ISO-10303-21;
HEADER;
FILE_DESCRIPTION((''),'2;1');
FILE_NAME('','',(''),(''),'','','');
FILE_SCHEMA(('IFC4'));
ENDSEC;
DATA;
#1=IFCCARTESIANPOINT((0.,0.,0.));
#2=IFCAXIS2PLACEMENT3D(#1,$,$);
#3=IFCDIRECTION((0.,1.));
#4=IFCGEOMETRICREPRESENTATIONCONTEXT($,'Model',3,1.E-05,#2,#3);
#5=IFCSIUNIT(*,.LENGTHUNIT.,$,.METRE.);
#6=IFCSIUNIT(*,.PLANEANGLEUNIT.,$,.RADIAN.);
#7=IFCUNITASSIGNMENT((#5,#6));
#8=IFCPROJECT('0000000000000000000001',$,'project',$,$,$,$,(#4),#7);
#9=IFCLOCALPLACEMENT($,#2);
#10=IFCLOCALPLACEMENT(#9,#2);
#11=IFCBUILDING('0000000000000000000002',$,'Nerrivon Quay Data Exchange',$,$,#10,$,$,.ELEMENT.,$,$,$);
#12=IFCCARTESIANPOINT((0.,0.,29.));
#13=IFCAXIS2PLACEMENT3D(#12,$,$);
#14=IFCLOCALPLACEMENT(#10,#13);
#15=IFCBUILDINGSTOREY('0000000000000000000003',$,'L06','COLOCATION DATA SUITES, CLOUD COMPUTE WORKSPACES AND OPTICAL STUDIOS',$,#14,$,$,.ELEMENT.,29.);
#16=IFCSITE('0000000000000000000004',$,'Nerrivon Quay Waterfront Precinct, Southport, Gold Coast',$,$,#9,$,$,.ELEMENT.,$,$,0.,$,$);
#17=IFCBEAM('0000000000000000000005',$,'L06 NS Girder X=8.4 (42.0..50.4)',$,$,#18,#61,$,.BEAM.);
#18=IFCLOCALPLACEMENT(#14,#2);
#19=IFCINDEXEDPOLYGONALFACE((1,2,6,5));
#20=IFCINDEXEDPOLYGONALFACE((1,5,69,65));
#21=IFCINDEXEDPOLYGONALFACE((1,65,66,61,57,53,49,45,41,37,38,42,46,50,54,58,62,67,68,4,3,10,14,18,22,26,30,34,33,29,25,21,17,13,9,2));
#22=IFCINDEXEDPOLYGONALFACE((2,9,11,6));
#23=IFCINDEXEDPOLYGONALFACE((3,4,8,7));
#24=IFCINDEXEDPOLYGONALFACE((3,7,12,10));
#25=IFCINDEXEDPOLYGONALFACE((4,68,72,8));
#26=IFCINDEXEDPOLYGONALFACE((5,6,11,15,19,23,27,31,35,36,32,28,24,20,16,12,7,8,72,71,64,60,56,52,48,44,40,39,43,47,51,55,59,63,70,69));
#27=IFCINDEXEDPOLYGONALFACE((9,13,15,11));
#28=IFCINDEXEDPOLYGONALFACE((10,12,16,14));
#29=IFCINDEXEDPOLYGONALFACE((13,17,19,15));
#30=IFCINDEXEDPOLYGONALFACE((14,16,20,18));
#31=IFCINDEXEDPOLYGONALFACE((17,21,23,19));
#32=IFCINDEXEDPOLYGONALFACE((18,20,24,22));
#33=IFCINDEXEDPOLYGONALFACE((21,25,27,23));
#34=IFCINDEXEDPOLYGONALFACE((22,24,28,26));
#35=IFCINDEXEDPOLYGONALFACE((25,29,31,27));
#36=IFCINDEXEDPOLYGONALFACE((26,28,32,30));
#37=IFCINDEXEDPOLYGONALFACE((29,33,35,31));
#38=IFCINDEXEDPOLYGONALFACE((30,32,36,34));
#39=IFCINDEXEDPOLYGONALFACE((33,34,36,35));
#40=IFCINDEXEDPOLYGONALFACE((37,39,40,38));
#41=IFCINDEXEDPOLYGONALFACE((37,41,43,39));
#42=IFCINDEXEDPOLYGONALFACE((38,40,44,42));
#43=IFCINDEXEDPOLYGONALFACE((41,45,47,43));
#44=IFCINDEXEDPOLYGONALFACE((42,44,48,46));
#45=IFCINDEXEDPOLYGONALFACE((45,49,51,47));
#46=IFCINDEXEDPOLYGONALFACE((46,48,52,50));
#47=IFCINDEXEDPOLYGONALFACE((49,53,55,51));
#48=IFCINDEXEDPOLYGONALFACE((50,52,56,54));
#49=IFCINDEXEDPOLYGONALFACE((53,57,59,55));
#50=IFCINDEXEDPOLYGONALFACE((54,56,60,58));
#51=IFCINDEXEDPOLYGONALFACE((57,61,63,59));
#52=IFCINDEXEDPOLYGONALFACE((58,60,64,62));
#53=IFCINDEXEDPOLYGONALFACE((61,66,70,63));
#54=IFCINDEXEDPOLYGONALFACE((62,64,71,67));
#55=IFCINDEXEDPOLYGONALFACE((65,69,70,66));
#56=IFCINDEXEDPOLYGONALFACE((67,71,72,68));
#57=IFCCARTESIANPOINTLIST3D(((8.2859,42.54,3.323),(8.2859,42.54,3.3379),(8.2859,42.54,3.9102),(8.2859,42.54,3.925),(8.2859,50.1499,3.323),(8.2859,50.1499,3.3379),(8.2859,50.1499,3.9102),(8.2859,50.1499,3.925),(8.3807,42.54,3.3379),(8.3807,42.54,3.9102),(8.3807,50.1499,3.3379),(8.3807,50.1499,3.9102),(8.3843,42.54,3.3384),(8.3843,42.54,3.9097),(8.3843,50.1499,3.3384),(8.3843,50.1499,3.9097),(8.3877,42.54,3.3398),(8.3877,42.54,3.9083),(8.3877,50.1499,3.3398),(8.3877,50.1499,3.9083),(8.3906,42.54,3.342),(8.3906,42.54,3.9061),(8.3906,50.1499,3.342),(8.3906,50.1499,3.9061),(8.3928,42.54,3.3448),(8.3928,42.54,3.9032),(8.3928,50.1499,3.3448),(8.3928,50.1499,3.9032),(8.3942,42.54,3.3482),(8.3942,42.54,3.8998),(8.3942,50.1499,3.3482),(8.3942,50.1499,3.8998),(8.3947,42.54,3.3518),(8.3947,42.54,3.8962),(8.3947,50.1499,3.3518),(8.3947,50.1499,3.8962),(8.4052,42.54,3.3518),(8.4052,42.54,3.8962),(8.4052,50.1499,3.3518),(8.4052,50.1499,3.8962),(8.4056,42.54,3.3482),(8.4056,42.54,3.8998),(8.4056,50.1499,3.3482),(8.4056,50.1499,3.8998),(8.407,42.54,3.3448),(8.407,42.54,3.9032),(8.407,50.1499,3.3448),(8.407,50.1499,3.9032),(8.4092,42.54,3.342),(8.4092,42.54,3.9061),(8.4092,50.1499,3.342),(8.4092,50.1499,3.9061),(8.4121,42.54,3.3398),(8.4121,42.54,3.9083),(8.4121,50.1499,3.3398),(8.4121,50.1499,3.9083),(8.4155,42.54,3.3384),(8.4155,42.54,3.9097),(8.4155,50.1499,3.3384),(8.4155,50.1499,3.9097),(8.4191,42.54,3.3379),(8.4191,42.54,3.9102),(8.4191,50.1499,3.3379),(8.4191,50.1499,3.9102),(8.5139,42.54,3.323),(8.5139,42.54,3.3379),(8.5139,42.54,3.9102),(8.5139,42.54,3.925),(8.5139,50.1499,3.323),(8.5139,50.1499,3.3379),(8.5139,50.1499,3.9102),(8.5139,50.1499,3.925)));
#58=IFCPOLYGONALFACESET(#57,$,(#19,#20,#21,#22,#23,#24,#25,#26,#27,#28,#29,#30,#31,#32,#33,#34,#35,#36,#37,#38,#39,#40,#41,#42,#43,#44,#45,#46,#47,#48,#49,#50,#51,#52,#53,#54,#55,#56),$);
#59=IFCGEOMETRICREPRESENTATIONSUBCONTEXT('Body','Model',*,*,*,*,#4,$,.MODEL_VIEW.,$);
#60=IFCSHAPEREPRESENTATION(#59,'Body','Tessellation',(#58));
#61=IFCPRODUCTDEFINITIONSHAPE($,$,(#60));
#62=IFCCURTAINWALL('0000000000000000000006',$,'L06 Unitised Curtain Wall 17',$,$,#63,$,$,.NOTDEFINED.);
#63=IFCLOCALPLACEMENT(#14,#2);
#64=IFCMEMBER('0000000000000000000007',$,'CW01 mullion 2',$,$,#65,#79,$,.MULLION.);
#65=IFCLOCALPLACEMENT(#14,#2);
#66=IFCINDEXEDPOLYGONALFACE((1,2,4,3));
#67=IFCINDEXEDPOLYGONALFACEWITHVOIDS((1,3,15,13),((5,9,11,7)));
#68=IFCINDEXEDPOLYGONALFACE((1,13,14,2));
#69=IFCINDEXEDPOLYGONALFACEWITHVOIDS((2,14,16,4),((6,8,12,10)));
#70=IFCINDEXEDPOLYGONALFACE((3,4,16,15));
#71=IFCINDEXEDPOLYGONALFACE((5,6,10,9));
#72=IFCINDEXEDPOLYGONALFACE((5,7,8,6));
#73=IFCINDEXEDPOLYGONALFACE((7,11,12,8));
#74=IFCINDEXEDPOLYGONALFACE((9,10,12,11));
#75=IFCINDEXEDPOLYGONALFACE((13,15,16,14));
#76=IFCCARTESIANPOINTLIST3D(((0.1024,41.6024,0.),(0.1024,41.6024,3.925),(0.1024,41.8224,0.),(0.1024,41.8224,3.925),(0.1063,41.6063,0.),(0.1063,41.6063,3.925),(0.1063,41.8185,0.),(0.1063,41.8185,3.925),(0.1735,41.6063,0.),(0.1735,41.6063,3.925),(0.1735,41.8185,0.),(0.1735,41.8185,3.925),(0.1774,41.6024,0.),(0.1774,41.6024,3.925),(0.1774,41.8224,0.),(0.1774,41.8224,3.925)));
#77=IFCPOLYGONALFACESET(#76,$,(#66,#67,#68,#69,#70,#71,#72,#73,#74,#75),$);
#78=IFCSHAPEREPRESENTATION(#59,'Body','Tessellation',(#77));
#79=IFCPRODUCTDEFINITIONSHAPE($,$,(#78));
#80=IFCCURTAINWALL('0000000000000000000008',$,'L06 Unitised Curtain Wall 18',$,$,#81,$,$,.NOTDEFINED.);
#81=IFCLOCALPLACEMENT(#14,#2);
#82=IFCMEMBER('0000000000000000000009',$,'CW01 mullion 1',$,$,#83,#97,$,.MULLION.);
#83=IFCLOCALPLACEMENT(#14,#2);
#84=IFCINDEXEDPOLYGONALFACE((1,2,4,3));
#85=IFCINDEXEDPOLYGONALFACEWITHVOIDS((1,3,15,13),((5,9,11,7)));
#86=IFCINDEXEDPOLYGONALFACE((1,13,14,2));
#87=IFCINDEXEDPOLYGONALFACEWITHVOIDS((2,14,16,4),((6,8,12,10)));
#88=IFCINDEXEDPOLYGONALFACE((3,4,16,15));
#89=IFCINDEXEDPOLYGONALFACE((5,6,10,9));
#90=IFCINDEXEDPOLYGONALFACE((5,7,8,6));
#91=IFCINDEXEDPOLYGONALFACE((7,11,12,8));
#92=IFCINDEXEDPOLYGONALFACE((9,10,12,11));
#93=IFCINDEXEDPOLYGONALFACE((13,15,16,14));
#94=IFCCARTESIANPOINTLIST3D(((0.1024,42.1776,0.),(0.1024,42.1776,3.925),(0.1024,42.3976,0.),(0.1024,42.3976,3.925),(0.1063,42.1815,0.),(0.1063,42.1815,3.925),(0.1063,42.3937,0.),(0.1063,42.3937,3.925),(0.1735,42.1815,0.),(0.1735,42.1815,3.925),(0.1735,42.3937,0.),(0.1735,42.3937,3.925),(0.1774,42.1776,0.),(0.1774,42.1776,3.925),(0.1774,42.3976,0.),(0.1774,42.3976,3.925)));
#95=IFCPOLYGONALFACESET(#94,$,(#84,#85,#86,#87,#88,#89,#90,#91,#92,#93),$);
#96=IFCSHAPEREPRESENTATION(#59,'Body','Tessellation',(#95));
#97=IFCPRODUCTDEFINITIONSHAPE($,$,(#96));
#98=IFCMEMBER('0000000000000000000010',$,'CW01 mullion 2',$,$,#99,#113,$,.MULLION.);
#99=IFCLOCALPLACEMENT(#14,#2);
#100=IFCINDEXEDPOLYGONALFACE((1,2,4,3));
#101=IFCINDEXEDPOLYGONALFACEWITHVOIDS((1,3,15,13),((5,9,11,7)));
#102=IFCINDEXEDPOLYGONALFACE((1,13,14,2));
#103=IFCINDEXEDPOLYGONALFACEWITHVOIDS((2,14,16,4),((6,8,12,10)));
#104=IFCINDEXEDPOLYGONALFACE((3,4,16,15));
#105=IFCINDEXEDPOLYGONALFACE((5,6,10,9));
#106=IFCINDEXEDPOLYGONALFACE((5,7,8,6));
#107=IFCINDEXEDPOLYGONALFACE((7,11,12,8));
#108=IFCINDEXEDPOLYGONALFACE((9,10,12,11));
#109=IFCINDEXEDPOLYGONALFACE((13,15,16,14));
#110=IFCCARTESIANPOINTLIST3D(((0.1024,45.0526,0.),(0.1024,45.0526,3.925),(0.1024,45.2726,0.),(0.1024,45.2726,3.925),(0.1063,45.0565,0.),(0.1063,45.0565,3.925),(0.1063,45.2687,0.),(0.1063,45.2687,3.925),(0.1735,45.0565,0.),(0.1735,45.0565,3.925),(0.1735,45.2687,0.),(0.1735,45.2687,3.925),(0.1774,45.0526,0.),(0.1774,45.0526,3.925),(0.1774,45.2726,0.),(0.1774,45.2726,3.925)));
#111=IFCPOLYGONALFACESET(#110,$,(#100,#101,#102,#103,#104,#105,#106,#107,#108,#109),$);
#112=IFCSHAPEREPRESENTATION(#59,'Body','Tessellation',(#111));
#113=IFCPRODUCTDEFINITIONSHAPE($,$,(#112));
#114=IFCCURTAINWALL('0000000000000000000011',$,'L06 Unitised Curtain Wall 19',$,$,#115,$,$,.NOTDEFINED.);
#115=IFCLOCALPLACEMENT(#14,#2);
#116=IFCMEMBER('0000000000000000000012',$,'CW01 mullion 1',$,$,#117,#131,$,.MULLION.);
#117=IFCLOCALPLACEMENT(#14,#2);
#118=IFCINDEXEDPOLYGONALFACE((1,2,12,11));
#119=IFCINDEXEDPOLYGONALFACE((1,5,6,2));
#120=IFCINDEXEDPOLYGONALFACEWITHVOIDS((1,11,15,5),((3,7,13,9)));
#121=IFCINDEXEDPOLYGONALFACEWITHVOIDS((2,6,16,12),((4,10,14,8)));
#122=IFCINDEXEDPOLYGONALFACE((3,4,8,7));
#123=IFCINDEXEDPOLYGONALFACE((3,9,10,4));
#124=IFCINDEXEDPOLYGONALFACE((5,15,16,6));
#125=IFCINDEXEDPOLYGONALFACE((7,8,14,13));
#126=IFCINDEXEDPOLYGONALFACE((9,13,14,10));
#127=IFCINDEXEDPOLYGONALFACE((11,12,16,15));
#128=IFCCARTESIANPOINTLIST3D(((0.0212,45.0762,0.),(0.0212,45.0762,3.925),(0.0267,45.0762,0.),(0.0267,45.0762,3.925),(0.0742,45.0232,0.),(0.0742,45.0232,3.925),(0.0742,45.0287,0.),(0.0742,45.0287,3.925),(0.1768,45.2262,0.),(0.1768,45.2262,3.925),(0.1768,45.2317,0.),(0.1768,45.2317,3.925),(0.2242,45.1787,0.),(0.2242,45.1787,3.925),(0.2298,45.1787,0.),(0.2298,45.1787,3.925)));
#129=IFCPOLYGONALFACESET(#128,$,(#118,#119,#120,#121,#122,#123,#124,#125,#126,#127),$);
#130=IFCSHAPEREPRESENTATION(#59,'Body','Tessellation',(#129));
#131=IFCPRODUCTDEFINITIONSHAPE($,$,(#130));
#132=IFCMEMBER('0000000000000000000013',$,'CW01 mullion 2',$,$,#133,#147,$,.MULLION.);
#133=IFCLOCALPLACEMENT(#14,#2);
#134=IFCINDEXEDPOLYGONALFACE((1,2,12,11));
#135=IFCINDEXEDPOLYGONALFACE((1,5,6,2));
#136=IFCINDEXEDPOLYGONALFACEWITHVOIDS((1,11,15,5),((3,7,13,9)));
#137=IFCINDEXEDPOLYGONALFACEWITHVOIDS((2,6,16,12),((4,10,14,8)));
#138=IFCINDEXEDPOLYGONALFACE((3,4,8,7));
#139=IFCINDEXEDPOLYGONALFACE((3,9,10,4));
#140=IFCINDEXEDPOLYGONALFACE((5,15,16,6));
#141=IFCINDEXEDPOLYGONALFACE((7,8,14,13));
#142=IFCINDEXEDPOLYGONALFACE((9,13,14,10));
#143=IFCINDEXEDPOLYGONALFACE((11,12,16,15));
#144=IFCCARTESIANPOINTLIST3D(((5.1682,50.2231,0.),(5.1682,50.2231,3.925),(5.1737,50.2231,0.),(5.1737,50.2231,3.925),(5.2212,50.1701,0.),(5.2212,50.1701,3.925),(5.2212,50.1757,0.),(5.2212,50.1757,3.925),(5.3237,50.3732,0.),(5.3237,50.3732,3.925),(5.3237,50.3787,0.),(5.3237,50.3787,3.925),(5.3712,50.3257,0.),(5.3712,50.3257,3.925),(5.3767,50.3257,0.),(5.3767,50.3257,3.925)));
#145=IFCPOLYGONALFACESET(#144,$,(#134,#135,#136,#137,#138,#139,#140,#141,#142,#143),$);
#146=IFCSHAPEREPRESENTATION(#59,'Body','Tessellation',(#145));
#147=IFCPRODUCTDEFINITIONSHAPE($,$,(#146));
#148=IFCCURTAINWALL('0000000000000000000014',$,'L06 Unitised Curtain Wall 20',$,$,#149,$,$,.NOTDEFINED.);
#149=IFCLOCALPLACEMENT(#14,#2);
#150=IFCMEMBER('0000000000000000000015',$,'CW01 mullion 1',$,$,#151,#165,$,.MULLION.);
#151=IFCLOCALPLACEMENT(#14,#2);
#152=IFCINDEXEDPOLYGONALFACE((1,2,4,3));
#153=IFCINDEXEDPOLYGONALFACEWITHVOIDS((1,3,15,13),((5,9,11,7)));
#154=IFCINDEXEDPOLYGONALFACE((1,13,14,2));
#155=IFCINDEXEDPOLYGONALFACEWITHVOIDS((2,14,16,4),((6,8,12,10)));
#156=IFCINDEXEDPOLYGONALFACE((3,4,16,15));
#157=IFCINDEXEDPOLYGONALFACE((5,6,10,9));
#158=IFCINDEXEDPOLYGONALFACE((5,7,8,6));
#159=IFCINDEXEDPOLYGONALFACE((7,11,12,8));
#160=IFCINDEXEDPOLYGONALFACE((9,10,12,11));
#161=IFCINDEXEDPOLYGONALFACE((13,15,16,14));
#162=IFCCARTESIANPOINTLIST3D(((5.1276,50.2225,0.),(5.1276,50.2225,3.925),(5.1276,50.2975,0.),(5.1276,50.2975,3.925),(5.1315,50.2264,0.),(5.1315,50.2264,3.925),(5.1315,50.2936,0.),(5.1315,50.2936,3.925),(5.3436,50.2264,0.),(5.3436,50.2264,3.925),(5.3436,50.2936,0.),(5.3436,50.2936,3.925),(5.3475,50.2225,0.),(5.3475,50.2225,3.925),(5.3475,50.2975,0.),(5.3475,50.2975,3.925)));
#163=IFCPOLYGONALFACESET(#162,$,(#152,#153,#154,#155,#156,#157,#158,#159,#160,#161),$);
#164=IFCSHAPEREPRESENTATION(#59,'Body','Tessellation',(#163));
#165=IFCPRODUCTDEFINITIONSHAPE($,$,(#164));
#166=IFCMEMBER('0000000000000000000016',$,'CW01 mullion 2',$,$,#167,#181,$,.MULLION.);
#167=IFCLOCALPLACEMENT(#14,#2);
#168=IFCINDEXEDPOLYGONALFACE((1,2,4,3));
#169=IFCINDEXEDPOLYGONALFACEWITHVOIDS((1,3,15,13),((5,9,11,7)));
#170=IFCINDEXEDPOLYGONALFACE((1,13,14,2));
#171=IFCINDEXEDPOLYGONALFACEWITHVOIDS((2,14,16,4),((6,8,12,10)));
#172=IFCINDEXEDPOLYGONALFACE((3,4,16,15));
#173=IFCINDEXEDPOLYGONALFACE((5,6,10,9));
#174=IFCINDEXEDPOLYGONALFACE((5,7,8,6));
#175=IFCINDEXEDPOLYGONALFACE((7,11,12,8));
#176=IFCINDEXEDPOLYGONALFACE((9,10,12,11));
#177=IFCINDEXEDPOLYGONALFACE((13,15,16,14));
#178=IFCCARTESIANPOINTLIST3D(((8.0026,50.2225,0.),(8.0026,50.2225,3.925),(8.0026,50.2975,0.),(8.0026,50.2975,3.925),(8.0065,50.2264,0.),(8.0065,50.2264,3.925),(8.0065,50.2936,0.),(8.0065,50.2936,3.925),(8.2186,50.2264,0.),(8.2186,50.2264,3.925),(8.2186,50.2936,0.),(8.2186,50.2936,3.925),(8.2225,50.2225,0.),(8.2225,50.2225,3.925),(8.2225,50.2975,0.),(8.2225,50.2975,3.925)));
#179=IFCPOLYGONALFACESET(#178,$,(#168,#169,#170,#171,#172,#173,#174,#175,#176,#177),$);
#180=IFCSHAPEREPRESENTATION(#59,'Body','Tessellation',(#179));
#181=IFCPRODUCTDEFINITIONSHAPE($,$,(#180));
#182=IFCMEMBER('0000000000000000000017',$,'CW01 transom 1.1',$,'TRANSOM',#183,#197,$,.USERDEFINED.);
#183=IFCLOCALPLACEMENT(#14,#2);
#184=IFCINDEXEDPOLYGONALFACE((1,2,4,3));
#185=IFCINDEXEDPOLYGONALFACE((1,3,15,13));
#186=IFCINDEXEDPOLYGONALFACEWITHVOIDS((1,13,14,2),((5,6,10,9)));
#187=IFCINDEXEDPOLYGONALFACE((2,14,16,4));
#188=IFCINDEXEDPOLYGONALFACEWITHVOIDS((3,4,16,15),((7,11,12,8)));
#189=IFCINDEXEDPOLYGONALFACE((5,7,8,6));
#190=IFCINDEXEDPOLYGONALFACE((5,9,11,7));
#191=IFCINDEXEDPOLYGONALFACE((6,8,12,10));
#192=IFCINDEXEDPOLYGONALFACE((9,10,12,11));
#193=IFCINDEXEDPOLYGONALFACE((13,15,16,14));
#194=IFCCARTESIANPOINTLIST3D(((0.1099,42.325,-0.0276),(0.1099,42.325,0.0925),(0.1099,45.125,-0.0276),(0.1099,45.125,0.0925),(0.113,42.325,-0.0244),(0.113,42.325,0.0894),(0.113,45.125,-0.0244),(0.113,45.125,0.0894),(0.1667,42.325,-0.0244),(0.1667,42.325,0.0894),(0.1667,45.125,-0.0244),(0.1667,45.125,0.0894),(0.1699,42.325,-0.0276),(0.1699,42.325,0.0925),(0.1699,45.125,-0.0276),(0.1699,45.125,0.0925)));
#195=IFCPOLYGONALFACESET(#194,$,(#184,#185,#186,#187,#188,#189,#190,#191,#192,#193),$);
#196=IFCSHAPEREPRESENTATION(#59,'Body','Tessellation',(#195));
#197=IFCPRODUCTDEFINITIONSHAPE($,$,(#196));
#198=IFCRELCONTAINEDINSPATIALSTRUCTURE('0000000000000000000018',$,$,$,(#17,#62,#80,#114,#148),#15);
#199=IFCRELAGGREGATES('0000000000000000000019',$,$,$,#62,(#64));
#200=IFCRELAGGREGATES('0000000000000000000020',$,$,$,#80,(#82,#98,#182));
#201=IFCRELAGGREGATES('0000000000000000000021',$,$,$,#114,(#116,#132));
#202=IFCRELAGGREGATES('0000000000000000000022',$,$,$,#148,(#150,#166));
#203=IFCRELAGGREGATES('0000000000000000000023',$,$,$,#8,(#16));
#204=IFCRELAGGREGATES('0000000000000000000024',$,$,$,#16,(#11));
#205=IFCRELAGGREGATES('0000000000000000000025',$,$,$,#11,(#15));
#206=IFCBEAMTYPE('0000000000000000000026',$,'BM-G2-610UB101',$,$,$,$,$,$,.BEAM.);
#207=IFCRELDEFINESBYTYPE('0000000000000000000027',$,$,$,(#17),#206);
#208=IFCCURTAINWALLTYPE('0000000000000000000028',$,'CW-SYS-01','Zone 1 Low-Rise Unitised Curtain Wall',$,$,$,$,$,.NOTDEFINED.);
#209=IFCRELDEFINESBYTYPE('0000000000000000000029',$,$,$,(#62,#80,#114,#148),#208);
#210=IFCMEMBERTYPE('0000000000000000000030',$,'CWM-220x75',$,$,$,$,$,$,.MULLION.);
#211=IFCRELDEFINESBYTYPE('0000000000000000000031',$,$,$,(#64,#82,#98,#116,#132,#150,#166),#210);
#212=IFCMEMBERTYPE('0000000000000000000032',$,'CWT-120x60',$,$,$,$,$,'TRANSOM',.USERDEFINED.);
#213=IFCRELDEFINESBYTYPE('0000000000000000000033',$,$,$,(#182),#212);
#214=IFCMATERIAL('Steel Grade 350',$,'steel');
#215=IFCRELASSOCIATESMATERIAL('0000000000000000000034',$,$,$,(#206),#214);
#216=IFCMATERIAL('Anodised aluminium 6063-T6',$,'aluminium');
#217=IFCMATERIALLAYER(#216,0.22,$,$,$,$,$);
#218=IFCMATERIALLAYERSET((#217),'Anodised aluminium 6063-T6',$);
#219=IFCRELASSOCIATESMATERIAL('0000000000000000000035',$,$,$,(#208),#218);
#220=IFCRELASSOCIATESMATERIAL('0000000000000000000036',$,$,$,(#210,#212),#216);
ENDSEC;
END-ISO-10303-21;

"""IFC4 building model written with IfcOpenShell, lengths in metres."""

from ifc_helpers import new_model, si_unit, direction, frame, origin, origin_2d, place, context, subcontext, project, spatial, hollow_rectangle, i_section, extrude, material, layer, layer_set, material_profile, profile_set, type_object, element, aggregate, save


model = new_model("IFC4")

# Units and contexts
model_context = context("Model", 3, precision=1e-05, world=origin(), true_north=direction((0.0, 1.0)))
body_context = subcontext(model_context, "Body", "Model", "MODEL_VIEW")
ifc_project = project(units=[si_unit("LENGTHUNIT", "METRE"), si_unit("PLANEANGLEUNIT", "RADIAN")], contexts=[model_context])

# Site, building, storey
site_placement = place(None, origin())
site = spatial("IfcSite", under=ifc_project, at=site_placement, Name="Nerrivon Quay Waterfront Precinct, Southport, Gold Coast", CompositionType="ELEMENT", RefElevation=0.0)
building_placement = place(site_placement, origin())
building = spatial("IfcBuilding", under=site, at=building_placement, Name="Nerrivon Quay Data Exchange", CompositionType="ELEMENT")
storey_placement = place(building_placement, frame((0.0, 0.0, 29.0)))
storey = spatial("IfcBuildingStorey", under=building, at=storey_placement, Name="L06", Description="COLOCATION DATA SUITES, CLOUD COMPUTE WORKSPACES AND OPTICAL STUDIOS", CompositionType="ELEMENT", Elevation=29.0)

# Shared definitions
ifc_material_1 = material(Name="Steel Grade 350", Category="steel")

# Beam
ifc_material_profile_1 = material_profile(ifc_material_1, i_section(OverallWidth=0.228, OverallDepth=0.6021, WebThickness=0.0105, FlangeThickness=0.0149, FilletRadius=0.0139, at=origin_2d()), Name="610UB101")
ifc_profile_set_1 = profile_set([ifc_material_profile_1], Name="Steel Grade 350")
beam_type_1 = type_object("IfcBeamType", Name="BM-G2-610UB101", PredefinedType="BEAM", material=ifc_profile_set_1)
beam_1_placement = place(storey_placement, frame((8.3999, 42.54, 3.624), z_axis=(0.0, 1.0, 0.0), x_axis=(-1.0, 0.0, 0.0)))
element("IfcBeam", 1, at=beam_1_placement, inside=storey, type_object=beam_type_1, Name="L06 NS Girder X=8.4 (42.0..50.4)", PredefinedType="BEAM", context=body_context, shape_type="SweptSolid", body=[
    extrude(i_section(OverallWidth=0.228, OverallDepth=0.6021, WebThickness=0.0105, FlangeThickness=0.0149, FilletRadius=0.0139, at=origin_2d()), origin(), (0.0, 0.0, 1.0), 7.6099),
])

# Curtain wall, member
ifc_material_2 = material(Name="Anodised aluminium 6063-T6", Category="aluminium")
ifc_layer_1 = layer(ifc_material_2, 0.22)
ifc_layer_set_1 = layer_set([ifc_layer_1], Name="Anodised aluminium 6063-T6")
curtain_wall_type = type_object("IfcCurtainWallType", Name="CW-SYS-01", Description="Zone 1 Low-Rise Unitised Curtain Wall", PredefinedType="NOTDEFINED", material=ifc_layer_set_1)
curtain_wall_1_placement = place(storey_placement, origin())
curtain_wall_1 = element("IfcCurtainWall", 2, at=curtain_wall_1_placement, inside=storey, type_object=curtain_wall_type, Name="L06 Unitised Curtain Wall 17", PredefinedType="NOTDEFINED")
ifc_material_profile_2 = material_profile(ifc_material_2, hollow_rectangle(XDim=0.075, YDim=0.22, WallThickness=0.0039, at=origin_2d()), Name="ALU-MULL-220x75")
ifc_profile_set_2 = profile_set([ifc_material_profile_2], Name="Anodised aluminium 6063-T6")
member_type_1 = type_object("IfcMemberType", Name="CWM-220x75", PredefinedType="MULLION", material=ifc_profile_set_2)
member_1_placement = place(storey_placement, frame((0.1399, 41.7124, 0.0), z_axis=(0.0, 0.0, 1.0), x_axis=(-1.0, 0.0, 0.0)))
member_1 = element("IfcMember", 3, at=member_1_placement, type_object=member_type_1, Name="CW01 mullion 2", PredefinedType="MULLION", context=body_context, shape_type="SweptSolid", body=[
    extrude(hollow_rectangle(XDim=0.075, YDim=0.22, WallThickness=0.0039, at=origin_2d()), origin(), (0.0, 0.0, 1.0), 3.925),
])

# Curtain walls, members
curtain_wall_2_placement = place(storey_placement, origin())
curtain_wall_2 = element("IfcCurtainWall", 4, at=curtain_wall_2_placement, inside=storey, type_object=curtain_wall_type, Name="L06 Unitised Curtain Wall 18", PredefinedType="NOTDEFINED")
member_2_placement = place(storey_placement, frame((0.1399, 42.2876, 0.0), z_axis=(0.0, 0.0, 1.0), x_axis=(-1.0, 0.0, 0.0)))
member_2 = element("IfcMember", 5, at=member_2_placement, type_object=member_type_1, Name="CW01 mullion 1", PredefinedType="MULLION", context=body_context, shape_type="SweptSolid", body=[
    extrude(hollow_rectangle(XDim=0.075, YDim=0.22, WallThickness=0.0039, at=origin_2d()), origin(), (0.0, 0.0, 1.0), 3.925),
])
member_3_placement = place(storey_placement, frame((0.1399, 45.1626, 0.0), z_axis=(0.0, 0.0, 1.0), x_axis=(-1.0, 0.0, 0.0)))
member_3 = element("IfcMember", 6, at=member_3_placement, type_object=member_type_1, Name="CW01 mullion 2", PredefinedType="MULLION", context=body_context, shape_type="SweptSolid", body=[
    extrude(hollow_rectangle(XDim=0.075, YDim=0.22, WallThickness=0.0039, at=origin_2d()), origin(), (0.0, 0.0, 1.0), 3.925),
])
curtain_wall_3_placement = place(storey_placement, origin())
curtain_wall_3 = element("IfcCurtainWall", 7, at=curtain_wall_3_placement, inside=storey, type_object=curtain_wall_type, Name="L06 Unitised Curtain Wall 19", PredefinedType="NOTDEFINED")
member_4_placement = place(storey_placement, frame((0.1255, 45.1274, 0.0), z_axis=(0.0, 0.0, 1.0), x_axis=(-0.707107, 0.707107, 0.0)))
member_4 = element("IfcMember", 8, at=member_4_placement, type_object=member_type_1, Name="CW01 mullion 1", PredefinedType="MULLION", context=body_context, shape_type="SweptSolid", body=[
    extrude(hollow_rectangle(XDim=0.075, YDim=0.22, WallThickness=0.0039, at=origin_2d()), origin(), (0.0, 0.0, 1.0), 3.925),
])
member_5_placement = place(storey_placement, frame((5.2725, 50.2744, 0.0), z_axis=(0.0, 0.0, 1.0), x_axis=(-0.707107, 0.707107, 0.0)))
member_5 = element("IfcMember", 9, at=member_5_placement, type_object=member_type_1, Name="CW01 mullion 2", PredefinedType="MULLION", context=body_context, shape_type="SweptSolid", body=[
    extrude(hollow_rectangle(XDim=0.075, YDim=0.22, WallThickness=0.0039, at=origin_2d()), origin(), (0.0, 0.0, 1.0), 3.925),
])
curtain_wall_4_placement = place(storey_placement, origin())
curtain_wall_4 = element("IfcCurtainWall", 10, at=curtain_wall_4_placement, inside=storey, type_object=curtain_wall_type, Name="L06 Unitised Curtain Wall 20", PredefinedType="NOTDEFINED")
member_6_placement = place(storey_placement, frame((5.2375, 50.26, 0.0), z_axis=(0.0, 0.0, 1.0), x_axis=(0.0, 1.0, 0.0)))
member_6 = element("IfcMember", 11, at=member_6_placement, type_object=member_type_1, Name="CW01 mullion 1", PredefinedType="MULLION", context=body_context, shape_type="SweptSolid", body=[
    extrude(hollow_rectangle(XDim=0.075, YDim=0.22, WallThickness=0.0039, at=origin_2d()), origin(), (0.0, 0.0, 1.0), 3.925),
])
member_7_placement = place(storey_placement, frame((8.1125, 50.26, 0.0), z_axis=(0.0, 0.0, 1.0), x_axis=(0.0, 1.0, 0.0)))
member_7 = element("IfcMember", 12, at=member_7_placement, type_object=member_type_1, Name="CW01 mullion 2", PredefinedType="MULLION", context=body_context, shape_type="SweptSolid", body=[
    extrude(hollow_rectangle(XDim=0.075, YDim=0.22, WallThickness=0.0039, at=origin_2d()), origin(), (0.0, 0.0, 1.0), 3.925),
])

# Member
ifc_material_profile_3 = material_profile(ifc_material_2, hollow_rectangle(XDim=0.0601, YDim=0.1201, WallThickness=0.0032, at=origin_2d()), Name="ALU-TRAN-120x60")
ifc_profile_set_3 = profile_set([ifc_material_profile_3], Name="Anodised aluminium 6063-T6")
member_type_2 = type_object("IfcMemberType", Name="CWT-120x60", ElementType="TRANSOM", PredefinedType="USERDEFINED", material=ifc_profile_set_3)
member_8_placement = place(storey_placement, frame((0.1399, 42.325, 0.0325), z_axis=(0.0, 1.0, 0.0), x_axis=(-1.0, 0.0, 0.0)))
member_8 = element("IfcMember", 13, at=member_8_placement, type_object=member_type_2, Name="CW01 transom 1.1", ObjectType="TRANSOM", PredefinedType="USERDEFINED", context=body_context, shape_type="SweptSolid", body=[
    extrude(hollow_rectangle(XDim=0.0601, YDim=0.1201, WallThickness=0.0032, at=origin_2d()), origin(), (0.0, 0.0, 1.0), 2.8),
])

aggregate(curtain_wall_1, [member_1])
aggregate(curtain_wall_2, [member_2, member_3, member_8])
aggregate(curtain_wall_3, [member_4, member_5])
aggregate(curtain_wall_4, [member_6, member_7])

save(model, "model.ifc")
